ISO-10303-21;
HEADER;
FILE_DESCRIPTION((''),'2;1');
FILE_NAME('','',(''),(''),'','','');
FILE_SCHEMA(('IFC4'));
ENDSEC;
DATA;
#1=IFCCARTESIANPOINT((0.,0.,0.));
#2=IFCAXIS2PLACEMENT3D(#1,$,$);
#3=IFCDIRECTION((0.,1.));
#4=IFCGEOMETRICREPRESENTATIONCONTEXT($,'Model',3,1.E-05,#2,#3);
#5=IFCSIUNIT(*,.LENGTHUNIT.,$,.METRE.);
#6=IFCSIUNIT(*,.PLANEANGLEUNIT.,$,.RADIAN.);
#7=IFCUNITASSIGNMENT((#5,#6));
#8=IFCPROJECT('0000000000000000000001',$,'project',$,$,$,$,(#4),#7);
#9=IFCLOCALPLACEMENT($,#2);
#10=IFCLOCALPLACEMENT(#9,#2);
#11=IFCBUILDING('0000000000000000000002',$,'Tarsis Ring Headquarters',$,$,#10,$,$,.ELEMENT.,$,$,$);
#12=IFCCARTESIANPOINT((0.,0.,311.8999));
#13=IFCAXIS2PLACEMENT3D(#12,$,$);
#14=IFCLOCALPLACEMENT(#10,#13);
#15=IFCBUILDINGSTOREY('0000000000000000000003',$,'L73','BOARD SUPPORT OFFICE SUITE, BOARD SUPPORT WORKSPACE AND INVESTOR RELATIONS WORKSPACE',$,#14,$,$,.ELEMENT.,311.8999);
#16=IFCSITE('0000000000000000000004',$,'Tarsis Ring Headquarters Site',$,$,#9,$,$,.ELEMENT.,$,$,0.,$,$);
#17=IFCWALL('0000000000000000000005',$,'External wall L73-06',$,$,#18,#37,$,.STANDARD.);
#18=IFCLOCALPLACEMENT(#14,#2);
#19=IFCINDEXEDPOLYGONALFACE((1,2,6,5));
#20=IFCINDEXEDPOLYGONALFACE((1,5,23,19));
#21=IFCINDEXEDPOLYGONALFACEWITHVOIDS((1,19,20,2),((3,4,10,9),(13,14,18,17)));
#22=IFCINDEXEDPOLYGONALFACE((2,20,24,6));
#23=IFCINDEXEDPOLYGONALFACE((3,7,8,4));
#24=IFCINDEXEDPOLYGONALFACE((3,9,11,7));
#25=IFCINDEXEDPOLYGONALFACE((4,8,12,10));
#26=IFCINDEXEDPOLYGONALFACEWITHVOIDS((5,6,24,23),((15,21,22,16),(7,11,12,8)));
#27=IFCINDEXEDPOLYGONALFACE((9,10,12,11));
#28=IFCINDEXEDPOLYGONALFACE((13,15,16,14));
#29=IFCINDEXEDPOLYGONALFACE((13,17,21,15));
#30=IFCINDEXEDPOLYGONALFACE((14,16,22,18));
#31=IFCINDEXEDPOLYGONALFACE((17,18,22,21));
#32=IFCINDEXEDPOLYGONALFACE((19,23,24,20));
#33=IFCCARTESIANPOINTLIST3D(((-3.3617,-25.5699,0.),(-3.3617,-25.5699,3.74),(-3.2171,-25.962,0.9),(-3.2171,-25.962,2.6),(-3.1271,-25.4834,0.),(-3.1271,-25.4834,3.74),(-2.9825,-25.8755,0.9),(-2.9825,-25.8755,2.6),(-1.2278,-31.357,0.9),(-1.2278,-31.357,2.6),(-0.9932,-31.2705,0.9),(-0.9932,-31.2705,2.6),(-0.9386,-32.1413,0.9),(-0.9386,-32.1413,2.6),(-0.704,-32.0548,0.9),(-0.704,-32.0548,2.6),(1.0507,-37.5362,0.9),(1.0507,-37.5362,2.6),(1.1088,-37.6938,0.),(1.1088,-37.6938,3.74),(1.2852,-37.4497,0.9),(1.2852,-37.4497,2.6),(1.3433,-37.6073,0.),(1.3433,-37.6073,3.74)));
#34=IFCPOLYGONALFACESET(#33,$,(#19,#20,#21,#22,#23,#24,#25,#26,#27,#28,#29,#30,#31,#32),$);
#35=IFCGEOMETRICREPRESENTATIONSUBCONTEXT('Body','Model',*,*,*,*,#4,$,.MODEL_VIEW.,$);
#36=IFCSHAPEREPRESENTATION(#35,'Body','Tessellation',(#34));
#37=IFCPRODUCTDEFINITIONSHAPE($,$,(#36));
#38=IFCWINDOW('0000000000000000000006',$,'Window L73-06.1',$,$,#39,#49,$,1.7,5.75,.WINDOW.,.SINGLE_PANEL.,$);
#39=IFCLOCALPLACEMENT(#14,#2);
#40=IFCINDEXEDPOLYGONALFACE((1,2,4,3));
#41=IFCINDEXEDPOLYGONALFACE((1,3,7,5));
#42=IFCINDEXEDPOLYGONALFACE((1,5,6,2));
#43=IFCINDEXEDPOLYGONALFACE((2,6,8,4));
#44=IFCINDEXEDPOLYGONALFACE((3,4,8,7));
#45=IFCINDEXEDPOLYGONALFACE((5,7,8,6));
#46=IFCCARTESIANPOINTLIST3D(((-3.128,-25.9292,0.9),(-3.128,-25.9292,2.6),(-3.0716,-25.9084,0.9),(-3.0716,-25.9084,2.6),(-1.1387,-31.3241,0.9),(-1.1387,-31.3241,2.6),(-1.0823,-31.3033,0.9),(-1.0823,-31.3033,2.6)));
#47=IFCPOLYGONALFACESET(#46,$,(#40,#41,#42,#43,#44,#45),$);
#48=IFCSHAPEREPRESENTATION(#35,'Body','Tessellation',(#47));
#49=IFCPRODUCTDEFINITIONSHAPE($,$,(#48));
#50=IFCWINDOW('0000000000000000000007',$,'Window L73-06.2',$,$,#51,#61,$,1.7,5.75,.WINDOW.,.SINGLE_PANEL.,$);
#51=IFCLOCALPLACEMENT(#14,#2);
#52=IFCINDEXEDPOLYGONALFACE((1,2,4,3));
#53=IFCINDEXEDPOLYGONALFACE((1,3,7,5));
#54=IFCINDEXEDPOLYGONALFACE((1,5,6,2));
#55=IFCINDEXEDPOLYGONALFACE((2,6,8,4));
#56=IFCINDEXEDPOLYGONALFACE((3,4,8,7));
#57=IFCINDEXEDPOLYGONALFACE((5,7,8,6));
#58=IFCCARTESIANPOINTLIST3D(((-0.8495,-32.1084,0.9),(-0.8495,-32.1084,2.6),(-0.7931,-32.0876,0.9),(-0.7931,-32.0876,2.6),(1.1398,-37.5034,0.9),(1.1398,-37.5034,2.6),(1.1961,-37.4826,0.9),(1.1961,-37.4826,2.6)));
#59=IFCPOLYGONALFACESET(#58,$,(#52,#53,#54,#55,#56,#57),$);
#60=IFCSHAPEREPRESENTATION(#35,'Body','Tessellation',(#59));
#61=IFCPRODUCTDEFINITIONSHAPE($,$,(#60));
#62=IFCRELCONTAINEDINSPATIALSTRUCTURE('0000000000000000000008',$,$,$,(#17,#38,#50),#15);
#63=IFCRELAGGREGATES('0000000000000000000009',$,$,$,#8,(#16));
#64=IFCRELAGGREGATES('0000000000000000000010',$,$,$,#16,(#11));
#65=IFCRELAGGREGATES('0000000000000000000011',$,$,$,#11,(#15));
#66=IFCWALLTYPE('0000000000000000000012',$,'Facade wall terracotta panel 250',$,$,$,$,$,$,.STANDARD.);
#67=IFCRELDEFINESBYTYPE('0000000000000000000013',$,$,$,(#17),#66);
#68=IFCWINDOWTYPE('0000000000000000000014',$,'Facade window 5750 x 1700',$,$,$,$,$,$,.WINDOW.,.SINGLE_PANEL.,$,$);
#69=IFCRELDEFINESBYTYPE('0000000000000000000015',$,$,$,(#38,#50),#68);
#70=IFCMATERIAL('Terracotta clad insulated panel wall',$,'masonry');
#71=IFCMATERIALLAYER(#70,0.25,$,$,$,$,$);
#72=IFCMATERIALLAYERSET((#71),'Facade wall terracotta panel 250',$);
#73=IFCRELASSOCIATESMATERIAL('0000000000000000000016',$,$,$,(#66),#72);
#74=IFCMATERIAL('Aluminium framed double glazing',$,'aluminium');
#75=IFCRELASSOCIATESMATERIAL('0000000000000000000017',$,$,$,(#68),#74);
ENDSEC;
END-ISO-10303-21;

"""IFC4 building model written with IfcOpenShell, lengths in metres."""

from ifc_helpers import new_model, si_unit, direction, frame, frame_2d, origin, place, context, subcontext, project, spatial, rectangle, extrude, material, layer, layer_set, type_object, element, fill, save


model = new_model("IFC4")

# Units and contexts
model_context = context("Model", 3, precision=1e-05, world=origin(), true_north=direction((0.0, 1.0)))
body_context = subcontext(model_context, "Body", "Model", "MODEL_VIEW")
ifc_project = project(units=[si_unit("LENGTHUNIT", "METRE"), si_unit("PLANEANGLEUNIT", "RADIAN")], contexts=[model_context])

# Site, building, storey
site_placement = place(None, origin())
site = spatial("IfcSite", under=ifc_project, at=site_placement, Name="Tarsis Ring Headquarters Site", CompositionType="ELEMENT", RefElevation=0.0)
building_placement = place(site_placement, origin())
building = spatial("IfcBuilding", under=site, at=building_placement, Name="Tarsis Ring Headquarters", CompositionType="ELEMENT")
storey_placement = place(building_placement, frame((0.0, 0.0, 311.8999)))
storey = spatial("IfcBuildingStorey", under=building, at=storey_placement, Name="L73", Description="BOARD SUPPORT OFFICE SUITE, BOARD SUPPORT WORKSPACE AND INVESTOR RELATIONS WORKSPACE", CompositionType="ELEMENT", Elevation=311.8999)

# Wall, openings, windows
ifc_material_1 = material(Name="Terracotta clad insulated panel wall", Category="masonry")
ifc_layer_1 = layer(ifc_material_1, 0.25)
ifc_layer_set_1 = layer_set([ifc_layer_1], Name="Facade wall terracotta panel 250")
wall_type_1 = type_object("IfcWallType", Name="Facade wall terracotta panel 250", PredefinedType="STANDARD", material=ifc_layer_set_1)
wall_1_placement = place(storey_placement, frame((-3.2444, -25.5266, 0.0), z_axis=(0.0, 0.0, 1.0), x_axis=(0.345958, -0.93825, 0.0)))
wall_1 = element("IfcWall", 1, at=wall_1_placement, inside=storey, type_object=wall_type_1, Name="External wall L73-06", PredefinedType="STANDARD", context=body_context, shape_type="SweptSolid", body=[
    extrude(rectangle(XDim=12.9219, YDim=0.25, at=frame_2d((6.4609, 0.0))), origin(), (0.0, 0.0, 1.0), 3.74),
])
opening_1_placement = place(wall_1_placement, frame((0.418, 0.0, 0.8999)))
opening_1 = element("IfcOpeningElement", 2, at=opening_1_placement, cuts=wall_1, PredefinedType="OPENING", context=body_context, shape_type="SweptSolid", body=[
    extrude(rectangle(XDim=5.75, YDim=1.7, at=frame_2d((2.875, 0.8501))), frame((0.0, 0.135, 0.0), z_axis=(0.0, -1.0, 0.0), x_axis=(1.0, 0.0, 0.0)), (0.0, 0.0, 1.0), 0.27),
])
opening_2_placement = place(wall_1_placement, frame((7.0039, 0.0, 0.8999)))
opening_2 = element("IfcOpeningElement", 3, at=opening_2_placement, cuts=wall_1, PredefinedType="OPENING", context=body_context, shape_type="SweptSolid", body=[
    extrude(rectangle(XDim=5.75, YDim=1.7, at=frame_2d((2.875, 0.8501))), frame((0.0, 0.135, 0.0), z_axis=(0.0, -1.0, 0.0), x_axis=(1.0, 0.0, 0.0)), (0.0, 0.0, 1.0), 0.27),
])
ifc_material_2 = material(Name="Aluminium framed double glazing", Category="aluminium")
window_type = type_object("IfcWindowType", Name="Facade window 5750 x 1700", PartitioningType="SINGLE_PANEL", PredefinedType="WINDOW", material=ifc_material_2)
window_1_placement = place(opening_1_placement, origin())
window_1 = element("IfcWindow", 4, at=window_1_placement, inside=storey, type_object=window_type, Name="Window L73-06.1", OverallHeight=1.7, OverallWidth=5.75, PartitioningType="SINGLE_PANEL", PredefinedType="WINDOW", context=body_context, shape_type="SweptSolid", body=[
    extrude(rectangle(XDim=5.75, YDim=1.7, at=frame_2d((2.875, 0.8501))), frame((0.0, 0.03, 0.0), z_axis=(0.0, -1.0, 0.0), x_axis=(1.0, 0.0, 0.0)), (0.0, 0.0, 1.0), 0.0601),
])
fill(opening_1, window_1)
window_2_placement = place(opening_2_placement, origin())
window_2 = element("IfcWindow", 5, at=window_2_placement, inside=storey, type_object=window_type, Name="Window L73-06.2", OverallHeight=1.7, OverallWidth=5.75, PartitioningType="SINGLE_PANEL", PredefinedType="WINDOW", context=body_context, shape_type="SweptSolid", body=[
    extrude(rectangle(XDim=5.75, YDim=1.7, at=frame_2d((2.875, 0.8501))), frame((0.0, 0.03, 0.0), z_axis=(0.0, -1.0, 0.0), x_axis=(1.0, 0.0, 0.0)), (0.0, 0.0, 1.0), 0.0601),
])
fill(opening_2, window_2)

save(model, "model.ifc")
